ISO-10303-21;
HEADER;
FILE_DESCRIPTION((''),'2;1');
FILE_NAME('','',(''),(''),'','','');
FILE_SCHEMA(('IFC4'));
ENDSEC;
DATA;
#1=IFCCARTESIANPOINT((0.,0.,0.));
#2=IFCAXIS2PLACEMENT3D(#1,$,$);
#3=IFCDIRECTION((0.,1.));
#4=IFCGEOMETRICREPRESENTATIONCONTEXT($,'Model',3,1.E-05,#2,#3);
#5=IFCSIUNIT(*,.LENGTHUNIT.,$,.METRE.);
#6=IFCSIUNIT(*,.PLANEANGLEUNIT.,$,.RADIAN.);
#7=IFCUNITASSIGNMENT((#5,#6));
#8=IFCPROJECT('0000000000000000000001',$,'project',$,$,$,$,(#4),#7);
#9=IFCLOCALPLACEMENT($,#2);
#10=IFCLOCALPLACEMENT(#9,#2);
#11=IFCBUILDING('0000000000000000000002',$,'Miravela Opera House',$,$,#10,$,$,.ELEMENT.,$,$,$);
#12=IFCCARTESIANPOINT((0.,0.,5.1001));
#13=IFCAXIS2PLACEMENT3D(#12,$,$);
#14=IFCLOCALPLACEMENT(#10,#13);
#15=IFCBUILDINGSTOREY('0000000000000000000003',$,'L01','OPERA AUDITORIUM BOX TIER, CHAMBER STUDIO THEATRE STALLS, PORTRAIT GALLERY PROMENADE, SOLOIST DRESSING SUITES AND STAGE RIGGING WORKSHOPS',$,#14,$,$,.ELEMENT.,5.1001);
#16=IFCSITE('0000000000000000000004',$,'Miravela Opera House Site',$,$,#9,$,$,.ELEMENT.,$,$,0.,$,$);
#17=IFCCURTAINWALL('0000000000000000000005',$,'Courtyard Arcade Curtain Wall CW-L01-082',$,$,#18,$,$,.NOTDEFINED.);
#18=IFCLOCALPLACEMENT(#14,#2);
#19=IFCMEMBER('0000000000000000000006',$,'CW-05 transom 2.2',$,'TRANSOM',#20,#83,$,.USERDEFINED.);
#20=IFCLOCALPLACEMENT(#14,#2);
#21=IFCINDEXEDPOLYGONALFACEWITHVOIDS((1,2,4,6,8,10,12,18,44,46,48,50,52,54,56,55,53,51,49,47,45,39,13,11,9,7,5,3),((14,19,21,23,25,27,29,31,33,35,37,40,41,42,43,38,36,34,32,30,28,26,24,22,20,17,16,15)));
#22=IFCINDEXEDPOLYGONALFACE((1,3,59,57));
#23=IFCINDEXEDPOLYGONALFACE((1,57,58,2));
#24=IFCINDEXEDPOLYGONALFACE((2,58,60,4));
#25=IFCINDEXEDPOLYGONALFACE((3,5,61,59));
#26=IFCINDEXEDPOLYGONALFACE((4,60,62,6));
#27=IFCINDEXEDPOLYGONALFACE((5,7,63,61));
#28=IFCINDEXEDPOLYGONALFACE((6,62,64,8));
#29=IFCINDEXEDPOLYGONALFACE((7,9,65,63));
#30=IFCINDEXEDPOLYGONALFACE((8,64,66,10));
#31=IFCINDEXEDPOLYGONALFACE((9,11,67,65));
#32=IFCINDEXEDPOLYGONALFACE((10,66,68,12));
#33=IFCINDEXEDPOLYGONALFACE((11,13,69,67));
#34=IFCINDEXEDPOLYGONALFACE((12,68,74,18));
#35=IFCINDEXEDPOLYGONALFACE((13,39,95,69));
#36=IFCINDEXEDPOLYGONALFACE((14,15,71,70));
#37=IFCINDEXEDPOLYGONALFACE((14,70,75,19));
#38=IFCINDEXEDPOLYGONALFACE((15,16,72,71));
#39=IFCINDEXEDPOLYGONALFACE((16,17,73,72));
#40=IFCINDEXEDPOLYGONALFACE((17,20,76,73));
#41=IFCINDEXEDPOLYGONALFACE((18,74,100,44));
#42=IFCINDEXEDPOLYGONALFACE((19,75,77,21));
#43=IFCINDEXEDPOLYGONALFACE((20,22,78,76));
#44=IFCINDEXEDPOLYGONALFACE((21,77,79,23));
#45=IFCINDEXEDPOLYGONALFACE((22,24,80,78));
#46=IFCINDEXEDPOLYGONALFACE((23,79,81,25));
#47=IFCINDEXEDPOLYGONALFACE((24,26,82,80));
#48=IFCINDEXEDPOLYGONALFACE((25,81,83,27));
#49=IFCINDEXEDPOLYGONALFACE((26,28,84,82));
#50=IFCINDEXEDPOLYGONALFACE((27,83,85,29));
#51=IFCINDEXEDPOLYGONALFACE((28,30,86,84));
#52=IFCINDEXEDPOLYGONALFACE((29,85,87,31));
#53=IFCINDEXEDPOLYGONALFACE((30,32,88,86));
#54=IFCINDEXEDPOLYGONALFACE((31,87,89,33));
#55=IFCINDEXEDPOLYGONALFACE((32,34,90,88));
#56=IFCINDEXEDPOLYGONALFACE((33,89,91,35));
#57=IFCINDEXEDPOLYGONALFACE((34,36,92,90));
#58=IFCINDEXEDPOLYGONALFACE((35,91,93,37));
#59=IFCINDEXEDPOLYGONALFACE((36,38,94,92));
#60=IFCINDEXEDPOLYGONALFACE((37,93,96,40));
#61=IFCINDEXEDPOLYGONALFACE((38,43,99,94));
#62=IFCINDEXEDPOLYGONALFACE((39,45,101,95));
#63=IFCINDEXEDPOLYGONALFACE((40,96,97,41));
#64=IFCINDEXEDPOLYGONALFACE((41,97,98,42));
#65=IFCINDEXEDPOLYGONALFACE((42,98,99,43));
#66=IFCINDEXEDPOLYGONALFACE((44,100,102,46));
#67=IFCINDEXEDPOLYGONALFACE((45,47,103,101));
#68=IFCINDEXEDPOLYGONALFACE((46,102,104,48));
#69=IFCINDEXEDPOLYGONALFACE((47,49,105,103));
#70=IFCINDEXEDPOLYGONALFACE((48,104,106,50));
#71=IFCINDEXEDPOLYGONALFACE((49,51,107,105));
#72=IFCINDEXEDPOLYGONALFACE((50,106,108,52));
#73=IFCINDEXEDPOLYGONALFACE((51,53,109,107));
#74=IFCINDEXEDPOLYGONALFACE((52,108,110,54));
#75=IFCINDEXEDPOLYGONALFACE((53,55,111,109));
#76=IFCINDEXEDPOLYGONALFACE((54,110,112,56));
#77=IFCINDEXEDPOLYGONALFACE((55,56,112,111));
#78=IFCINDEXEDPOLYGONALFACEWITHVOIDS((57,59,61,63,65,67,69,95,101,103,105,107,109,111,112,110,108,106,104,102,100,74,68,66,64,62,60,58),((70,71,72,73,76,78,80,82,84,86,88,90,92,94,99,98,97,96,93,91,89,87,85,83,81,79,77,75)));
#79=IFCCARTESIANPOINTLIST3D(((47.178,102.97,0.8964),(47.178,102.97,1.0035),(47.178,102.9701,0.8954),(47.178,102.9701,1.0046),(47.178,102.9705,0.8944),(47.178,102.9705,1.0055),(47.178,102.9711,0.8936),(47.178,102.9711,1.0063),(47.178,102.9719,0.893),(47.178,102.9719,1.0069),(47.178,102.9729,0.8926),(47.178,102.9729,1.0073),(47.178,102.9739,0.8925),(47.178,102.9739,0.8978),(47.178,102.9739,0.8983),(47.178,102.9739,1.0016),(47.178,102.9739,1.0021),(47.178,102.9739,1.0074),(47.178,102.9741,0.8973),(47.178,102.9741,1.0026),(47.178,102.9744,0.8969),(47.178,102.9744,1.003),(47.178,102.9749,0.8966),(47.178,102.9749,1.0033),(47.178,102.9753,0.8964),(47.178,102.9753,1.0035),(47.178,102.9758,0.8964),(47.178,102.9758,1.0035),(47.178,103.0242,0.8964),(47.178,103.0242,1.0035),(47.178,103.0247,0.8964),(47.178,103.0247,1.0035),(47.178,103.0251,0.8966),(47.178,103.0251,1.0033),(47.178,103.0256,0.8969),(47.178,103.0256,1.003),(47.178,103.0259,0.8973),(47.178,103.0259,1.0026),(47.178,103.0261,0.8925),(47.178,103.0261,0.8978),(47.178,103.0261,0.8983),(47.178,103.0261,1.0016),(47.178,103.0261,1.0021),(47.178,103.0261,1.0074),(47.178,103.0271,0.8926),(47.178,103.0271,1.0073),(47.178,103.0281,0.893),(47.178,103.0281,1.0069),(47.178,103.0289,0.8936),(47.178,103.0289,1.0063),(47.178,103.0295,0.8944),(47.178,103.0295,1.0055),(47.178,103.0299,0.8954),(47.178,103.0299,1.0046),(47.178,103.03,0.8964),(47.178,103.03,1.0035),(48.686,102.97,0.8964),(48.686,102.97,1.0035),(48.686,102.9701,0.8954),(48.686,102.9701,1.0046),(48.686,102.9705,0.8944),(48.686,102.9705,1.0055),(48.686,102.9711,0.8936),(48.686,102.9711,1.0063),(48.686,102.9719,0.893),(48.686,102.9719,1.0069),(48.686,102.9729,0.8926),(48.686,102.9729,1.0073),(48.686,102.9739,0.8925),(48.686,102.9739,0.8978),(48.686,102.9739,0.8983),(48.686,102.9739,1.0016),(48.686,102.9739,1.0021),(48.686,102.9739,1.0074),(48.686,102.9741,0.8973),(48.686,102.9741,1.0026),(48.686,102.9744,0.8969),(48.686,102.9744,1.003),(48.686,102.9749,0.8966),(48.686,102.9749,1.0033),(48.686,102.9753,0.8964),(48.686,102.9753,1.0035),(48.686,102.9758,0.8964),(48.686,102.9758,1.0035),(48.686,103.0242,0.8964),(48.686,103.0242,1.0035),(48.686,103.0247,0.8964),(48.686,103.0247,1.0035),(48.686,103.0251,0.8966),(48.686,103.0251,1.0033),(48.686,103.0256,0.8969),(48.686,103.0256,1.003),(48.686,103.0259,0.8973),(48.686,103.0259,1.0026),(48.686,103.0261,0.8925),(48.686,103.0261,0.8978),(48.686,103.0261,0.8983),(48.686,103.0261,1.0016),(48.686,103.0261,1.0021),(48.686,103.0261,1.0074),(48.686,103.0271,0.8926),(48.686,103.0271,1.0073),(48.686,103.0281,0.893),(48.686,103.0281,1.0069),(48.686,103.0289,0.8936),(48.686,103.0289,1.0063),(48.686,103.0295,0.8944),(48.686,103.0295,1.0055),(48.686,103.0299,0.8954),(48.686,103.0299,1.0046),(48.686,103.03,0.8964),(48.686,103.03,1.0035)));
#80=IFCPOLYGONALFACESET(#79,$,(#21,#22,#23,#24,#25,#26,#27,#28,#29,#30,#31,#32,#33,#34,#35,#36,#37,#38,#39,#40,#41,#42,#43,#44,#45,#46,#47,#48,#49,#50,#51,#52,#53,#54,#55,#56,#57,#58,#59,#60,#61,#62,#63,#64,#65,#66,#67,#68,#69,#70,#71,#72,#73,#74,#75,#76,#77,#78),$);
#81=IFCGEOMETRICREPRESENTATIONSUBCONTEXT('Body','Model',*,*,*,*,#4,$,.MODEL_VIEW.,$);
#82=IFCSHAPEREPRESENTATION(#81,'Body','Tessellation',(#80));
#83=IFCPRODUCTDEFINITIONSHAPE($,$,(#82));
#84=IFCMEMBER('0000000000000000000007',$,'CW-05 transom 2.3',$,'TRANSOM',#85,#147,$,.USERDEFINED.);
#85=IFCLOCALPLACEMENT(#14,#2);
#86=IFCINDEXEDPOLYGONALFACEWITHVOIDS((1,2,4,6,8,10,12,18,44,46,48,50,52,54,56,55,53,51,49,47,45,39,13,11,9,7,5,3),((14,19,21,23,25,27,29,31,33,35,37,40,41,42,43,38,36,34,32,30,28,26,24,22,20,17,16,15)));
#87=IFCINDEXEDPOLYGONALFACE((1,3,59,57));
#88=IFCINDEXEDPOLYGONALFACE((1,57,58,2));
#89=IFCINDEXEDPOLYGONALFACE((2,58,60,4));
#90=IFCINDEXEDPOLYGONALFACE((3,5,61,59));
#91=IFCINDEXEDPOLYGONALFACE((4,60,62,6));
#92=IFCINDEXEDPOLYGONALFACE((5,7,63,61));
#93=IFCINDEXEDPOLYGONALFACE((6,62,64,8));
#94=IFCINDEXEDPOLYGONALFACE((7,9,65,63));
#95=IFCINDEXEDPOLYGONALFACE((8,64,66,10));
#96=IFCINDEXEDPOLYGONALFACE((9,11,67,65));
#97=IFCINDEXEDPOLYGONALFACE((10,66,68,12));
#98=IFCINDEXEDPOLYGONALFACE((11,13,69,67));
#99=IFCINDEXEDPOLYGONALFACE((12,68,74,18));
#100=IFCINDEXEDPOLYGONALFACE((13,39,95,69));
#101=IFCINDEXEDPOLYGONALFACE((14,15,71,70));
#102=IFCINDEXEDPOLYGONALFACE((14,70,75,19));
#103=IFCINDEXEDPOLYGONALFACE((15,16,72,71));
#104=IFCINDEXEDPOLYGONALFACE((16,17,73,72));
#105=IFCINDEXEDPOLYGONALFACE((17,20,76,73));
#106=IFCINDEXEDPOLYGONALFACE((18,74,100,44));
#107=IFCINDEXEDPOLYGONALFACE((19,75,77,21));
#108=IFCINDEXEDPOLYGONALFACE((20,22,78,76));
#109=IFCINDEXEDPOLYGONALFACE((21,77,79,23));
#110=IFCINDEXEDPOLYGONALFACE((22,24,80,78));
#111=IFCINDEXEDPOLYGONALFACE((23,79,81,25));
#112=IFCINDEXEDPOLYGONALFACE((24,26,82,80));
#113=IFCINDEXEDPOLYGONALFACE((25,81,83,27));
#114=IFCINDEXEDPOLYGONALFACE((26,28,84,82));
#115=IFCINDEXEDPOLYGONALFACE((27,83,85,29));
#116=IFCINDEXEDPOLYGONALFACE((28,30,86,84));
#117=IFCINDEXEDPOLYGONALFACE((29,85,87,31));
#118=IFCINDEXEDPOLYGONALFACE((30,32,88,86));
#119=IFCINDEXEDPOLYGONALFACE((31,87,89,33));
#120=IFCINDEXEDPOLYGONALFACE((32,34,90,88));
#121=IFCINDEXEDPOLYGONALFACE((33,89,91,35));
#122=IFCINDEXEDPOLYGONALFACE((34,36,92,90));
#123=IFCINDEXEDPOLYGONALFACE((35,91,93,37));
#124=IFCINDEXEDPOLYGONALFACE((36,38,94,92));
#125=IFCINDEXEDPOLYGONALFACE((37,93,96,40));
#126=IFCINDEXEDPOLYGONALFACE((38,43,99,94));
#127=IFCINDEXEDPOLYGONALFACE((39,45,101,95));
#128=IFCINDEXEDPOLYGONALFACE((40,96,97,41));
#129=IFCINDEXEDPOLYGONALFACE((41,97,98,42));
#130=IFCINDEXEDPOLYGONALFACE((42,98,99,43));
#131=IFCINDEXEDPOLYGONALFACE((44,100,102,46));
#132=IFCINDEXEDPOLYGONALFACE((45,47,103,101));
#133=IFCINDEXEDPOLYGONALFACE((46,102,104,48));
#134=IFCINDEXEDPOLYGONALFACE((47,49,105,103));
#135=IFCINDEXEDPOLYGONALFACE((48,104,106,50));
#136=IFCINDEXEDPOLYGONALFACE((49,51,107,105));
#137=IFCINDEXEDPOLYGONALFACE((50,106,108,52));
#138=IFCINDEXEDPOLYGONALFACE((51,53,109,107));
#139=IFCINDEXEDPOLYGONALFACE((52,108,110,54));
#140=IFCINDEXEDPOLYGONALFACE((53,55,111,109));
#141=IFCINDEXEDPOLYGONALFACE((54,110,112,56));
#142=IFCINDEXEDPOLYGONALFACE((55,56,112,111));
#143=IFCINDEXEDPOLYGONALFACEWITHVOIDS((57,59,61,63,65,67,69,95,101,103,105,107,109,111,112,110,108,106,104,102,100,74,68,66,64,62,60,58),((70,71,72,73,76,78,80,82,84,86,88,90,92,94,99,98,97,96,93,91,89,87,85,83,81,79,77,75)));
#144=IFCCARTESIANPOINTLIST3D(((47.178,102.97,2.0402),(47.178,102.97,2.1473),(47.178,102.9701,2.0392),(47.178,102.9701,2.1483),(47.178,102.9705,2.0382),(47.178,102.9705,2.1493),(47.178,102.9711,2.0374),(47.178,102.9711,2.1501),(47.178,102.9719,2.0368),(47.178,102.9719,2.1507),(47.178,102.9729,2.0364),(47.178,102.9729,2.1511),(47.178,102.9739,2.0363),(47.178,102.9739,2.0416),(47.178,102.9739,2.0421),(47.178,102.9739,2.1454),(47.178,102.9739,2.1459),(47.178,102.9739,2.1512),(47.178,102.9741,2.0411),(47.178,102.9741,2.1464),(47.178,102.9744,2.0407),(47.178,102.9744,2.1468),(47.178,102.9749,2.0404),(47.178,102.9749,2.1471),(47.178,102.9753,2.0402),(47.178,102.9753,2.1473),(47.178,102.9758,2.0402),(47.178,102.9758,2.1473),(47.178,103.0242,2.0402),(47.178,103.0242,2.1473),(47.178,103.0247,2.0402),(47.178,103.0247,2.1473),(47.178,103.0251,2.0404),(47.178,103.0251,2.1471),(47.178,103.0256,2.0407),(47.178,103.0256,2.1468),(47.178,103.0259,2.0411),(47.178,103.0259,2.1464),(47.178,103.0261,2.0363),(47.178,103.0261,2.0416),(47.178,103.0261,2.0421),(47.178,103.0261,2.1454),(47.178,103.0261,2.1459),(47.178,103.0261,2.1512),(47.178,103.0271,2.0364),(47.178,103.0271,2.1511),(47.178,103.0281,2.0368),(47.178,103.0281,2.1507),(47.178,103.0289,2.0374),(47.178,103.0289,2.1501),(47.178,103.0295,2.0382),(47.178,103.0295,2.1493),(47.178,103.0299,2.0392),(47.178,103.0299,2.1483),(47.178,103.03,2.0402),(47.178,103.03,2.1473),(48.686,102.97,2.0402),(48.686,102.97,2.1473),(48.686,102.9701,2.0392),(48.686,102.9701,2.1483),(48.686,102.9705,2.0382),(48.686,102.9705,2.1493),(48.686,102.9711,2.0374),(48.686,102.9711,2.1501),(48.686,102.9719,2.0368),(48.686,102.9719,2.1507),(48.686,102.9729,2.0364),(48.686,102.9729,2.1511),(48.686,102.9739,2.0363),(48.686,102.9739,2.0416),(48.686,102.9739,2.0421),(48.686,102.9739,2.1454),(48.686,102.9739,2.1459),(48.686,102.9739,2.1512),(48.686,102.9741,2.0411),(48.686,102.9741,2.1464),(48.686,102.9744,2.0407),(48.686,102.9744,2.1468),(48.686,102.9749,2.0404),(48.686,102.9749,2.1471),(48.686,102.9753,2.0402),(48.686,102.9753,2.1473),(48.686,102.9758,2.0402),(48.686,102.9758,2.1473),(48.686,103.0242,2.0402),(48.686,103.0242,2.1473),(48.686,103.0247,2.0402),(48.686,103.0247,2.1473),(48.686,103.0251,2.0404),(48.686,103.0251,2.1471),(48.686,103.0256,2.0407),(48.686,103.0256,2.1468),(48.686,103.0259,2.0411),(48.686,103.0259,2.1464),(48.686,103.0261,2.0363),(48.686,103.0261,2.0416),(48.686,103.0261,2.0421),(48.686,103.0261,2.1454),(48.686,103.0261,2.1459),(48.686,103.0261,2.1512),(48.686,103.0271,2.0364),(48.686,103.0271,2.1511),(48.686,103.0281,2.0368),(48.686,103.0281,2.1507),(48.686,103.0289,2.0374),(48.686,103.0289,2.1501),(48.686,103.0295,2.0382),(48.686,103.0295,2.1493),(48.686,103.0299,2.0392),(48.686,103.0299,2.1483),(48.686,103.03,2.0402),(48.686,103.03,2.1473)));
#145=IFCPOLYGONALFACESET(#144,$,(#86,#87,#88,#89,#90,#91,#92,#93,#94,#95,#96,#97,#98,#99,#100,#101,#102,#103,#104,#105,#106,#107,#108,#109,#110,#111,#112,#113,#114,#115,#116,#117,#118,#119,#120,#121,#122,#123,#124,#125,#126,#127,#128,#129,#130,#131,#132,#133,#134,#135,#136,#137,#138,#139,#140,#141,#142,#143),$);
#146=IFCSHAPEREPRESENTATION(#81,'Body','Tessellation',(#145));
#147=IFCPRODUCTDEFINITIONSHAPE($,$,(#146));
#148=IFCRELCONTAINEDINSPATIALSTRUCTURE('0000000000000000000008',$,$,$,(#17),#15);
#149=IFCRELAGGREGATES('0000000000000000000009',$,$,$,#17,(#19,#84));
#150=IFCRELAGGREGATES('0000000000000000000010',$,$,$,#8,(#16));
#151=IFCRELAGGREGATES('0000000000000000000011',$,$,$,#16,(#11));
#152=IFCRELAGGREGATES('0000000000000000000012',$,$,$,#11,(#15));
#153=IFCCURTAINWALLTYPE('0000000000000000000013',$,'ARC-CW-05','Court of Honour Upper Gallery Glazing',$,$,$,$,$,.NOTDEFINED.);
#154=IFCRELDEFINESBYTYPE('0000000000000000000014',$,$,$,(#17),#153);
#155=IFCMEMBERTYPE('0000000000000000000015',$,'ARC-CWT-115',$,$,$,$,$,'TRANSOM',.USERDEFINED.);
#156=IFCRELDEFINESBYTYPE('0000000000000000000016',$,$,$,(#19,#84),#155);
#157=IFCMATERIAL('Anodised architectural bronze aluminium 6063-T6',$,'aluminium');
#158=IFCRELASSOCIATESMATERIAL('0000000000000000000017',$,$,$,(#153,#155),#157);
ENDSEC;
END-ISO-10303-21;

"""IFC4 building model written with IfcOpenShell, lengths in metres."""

from ifc_helpers import new_model, si_unit, direction, frame, origin, origin_2d, place, context, subcontext, project, spatial, hollow_rectangle, extrude, material, material_profile, profile_set, type_object, element, aggregate, save


model = new_model("IFC4")

# Units and contexts
model_context = context("Model", 3, precision=1e-05, world=origin(), true_north=direction((0.0, 1.0)))
body_context = subcontext(model_context, "Body", "Model", "MODEL_VIEW")
ifc_project = project(units=[si_unit("LENGTHUNIT", "METRE"), si_unit("PLANEANGLEUNIT", "RADIAN")], contexts=[model_context])

# Site, building, storey
site_placement = place(None, origin())
site = spatial("IfcSite", under=ifc_project, at=site_placement, Name="Miravela Opera House Site", CompositionType="ELEMENT", RefElevation=0.0)
building_placement = place(site_placement, origin())
building = spatial("IfcBuilding", under=site, at=building_placement, Name="Miravela Opera House", CompositionType="ELEMENT")
storey_placement = place(building_placement, frame((0.0, 0.0, 5.1001)))
storey = spatial("IfcBuildingStorey", under=building, at=storey_placement, Name="L01", Description="OPERA AUDITORIUM BOX TIER, CHAMBER STUDIO THEATRE STALLS, PORTRAIT GALLERY PROMENADE, SOLOIST DRESSING SUITES AND STAGE RIGGING WORKSHOPS", CompositionType="ELEMENT", Elevation=5.1001)

# Curtain wall, members
ifc_material_1 = material(Name="Anodised architectural bronze aluminium 6063-T6", Category="aluminium")
curtain_wall_type = type_object("IfcCurtainWallType", Name="ARC-CW-05", Description="Court of Honour Upper Gallery Glazing", PredefinedType="NOTDEFINED", material=ifc_material_1)
curtain_wall_placement = place(storey_placement, origin())
curtain_wall = element("IfcCurtainWall", 1, at=curtain_wall_placement, inside=storey, type_object=curtain_wall_type, Name="Courtyard Arcade Curtain Wall CW-L01-082", PredefinedType="NOTDEFINED")
ifc_material_profile_1 = material_profile(ifc_material_1, hollow_rectangle(XDim=0.0601, YDim=0.115, WallThickness=0.0039, InnerFilletRadius=0.002, OuterFilletRadius=0.0039, at=origin_2d()), Name="CWT-60X115")
ifc_profile_set_1 = profile_set([ifc_material_profile_1])
member_type_1 = type_object("IfcMemberType", Name="ARC-CWT-115", ElementType="TRANSOM", PredefinedType="USERDEFINED", material=ifc_profile_set_1)
member_1_placement = place(storey_placement, frame((47.178, 103.0, 0.95), z_axis=(1.0, 0.0, 0.0), x_axis=(0.0, 1.0, 0.0)))
member_1 = element("IfcMember", 2, at=member_1_placement, type_object=member_type_1, Name="CW-05 transom 2.2", ObjectType="TRANSOM", PredefinedType="USERDEFINED", context=body_context, shape_type="SweptSolid", body=[
    extrude(hollow_rectangle(XDim=0.0601, YDim=0.115, WallThickness=0.0039, InnerFilletRadius=0.002, OuterFilletRadius=0.0039, at=origin_2d()), origin(), (0.0, 0.0, 1.0), 1.5081),
])
member_2_placement = place(storey_placement, frame((47.178, 103.0, 2.0938), z_axis=(1.0, 0.0, 0.0), x_axis=(0.0, 1.0, 0.0)))
member_2 = element("IfcMember", 3, at=member_2_placement, type_object=member_type_1, Name="CW-05 transom 2.3", ObjectType="TRANSOM", PredefinedType="USERDEFINED", context=body_context, shape_type="SweptSolid", body=[
    extrude(hollow_rectangle(XDim=0.0601, YDim=0.115, WallThickness=0.0039, InnerFilletRadius=0.002, OuterFilletRadius=0.0039, at=origin_2d()), origin(), (0.0, 0.0, 1.0), 1.5081),
])

aggregate(curtain_wall, [member_1, member_2])

save(model, "model.ifc")
